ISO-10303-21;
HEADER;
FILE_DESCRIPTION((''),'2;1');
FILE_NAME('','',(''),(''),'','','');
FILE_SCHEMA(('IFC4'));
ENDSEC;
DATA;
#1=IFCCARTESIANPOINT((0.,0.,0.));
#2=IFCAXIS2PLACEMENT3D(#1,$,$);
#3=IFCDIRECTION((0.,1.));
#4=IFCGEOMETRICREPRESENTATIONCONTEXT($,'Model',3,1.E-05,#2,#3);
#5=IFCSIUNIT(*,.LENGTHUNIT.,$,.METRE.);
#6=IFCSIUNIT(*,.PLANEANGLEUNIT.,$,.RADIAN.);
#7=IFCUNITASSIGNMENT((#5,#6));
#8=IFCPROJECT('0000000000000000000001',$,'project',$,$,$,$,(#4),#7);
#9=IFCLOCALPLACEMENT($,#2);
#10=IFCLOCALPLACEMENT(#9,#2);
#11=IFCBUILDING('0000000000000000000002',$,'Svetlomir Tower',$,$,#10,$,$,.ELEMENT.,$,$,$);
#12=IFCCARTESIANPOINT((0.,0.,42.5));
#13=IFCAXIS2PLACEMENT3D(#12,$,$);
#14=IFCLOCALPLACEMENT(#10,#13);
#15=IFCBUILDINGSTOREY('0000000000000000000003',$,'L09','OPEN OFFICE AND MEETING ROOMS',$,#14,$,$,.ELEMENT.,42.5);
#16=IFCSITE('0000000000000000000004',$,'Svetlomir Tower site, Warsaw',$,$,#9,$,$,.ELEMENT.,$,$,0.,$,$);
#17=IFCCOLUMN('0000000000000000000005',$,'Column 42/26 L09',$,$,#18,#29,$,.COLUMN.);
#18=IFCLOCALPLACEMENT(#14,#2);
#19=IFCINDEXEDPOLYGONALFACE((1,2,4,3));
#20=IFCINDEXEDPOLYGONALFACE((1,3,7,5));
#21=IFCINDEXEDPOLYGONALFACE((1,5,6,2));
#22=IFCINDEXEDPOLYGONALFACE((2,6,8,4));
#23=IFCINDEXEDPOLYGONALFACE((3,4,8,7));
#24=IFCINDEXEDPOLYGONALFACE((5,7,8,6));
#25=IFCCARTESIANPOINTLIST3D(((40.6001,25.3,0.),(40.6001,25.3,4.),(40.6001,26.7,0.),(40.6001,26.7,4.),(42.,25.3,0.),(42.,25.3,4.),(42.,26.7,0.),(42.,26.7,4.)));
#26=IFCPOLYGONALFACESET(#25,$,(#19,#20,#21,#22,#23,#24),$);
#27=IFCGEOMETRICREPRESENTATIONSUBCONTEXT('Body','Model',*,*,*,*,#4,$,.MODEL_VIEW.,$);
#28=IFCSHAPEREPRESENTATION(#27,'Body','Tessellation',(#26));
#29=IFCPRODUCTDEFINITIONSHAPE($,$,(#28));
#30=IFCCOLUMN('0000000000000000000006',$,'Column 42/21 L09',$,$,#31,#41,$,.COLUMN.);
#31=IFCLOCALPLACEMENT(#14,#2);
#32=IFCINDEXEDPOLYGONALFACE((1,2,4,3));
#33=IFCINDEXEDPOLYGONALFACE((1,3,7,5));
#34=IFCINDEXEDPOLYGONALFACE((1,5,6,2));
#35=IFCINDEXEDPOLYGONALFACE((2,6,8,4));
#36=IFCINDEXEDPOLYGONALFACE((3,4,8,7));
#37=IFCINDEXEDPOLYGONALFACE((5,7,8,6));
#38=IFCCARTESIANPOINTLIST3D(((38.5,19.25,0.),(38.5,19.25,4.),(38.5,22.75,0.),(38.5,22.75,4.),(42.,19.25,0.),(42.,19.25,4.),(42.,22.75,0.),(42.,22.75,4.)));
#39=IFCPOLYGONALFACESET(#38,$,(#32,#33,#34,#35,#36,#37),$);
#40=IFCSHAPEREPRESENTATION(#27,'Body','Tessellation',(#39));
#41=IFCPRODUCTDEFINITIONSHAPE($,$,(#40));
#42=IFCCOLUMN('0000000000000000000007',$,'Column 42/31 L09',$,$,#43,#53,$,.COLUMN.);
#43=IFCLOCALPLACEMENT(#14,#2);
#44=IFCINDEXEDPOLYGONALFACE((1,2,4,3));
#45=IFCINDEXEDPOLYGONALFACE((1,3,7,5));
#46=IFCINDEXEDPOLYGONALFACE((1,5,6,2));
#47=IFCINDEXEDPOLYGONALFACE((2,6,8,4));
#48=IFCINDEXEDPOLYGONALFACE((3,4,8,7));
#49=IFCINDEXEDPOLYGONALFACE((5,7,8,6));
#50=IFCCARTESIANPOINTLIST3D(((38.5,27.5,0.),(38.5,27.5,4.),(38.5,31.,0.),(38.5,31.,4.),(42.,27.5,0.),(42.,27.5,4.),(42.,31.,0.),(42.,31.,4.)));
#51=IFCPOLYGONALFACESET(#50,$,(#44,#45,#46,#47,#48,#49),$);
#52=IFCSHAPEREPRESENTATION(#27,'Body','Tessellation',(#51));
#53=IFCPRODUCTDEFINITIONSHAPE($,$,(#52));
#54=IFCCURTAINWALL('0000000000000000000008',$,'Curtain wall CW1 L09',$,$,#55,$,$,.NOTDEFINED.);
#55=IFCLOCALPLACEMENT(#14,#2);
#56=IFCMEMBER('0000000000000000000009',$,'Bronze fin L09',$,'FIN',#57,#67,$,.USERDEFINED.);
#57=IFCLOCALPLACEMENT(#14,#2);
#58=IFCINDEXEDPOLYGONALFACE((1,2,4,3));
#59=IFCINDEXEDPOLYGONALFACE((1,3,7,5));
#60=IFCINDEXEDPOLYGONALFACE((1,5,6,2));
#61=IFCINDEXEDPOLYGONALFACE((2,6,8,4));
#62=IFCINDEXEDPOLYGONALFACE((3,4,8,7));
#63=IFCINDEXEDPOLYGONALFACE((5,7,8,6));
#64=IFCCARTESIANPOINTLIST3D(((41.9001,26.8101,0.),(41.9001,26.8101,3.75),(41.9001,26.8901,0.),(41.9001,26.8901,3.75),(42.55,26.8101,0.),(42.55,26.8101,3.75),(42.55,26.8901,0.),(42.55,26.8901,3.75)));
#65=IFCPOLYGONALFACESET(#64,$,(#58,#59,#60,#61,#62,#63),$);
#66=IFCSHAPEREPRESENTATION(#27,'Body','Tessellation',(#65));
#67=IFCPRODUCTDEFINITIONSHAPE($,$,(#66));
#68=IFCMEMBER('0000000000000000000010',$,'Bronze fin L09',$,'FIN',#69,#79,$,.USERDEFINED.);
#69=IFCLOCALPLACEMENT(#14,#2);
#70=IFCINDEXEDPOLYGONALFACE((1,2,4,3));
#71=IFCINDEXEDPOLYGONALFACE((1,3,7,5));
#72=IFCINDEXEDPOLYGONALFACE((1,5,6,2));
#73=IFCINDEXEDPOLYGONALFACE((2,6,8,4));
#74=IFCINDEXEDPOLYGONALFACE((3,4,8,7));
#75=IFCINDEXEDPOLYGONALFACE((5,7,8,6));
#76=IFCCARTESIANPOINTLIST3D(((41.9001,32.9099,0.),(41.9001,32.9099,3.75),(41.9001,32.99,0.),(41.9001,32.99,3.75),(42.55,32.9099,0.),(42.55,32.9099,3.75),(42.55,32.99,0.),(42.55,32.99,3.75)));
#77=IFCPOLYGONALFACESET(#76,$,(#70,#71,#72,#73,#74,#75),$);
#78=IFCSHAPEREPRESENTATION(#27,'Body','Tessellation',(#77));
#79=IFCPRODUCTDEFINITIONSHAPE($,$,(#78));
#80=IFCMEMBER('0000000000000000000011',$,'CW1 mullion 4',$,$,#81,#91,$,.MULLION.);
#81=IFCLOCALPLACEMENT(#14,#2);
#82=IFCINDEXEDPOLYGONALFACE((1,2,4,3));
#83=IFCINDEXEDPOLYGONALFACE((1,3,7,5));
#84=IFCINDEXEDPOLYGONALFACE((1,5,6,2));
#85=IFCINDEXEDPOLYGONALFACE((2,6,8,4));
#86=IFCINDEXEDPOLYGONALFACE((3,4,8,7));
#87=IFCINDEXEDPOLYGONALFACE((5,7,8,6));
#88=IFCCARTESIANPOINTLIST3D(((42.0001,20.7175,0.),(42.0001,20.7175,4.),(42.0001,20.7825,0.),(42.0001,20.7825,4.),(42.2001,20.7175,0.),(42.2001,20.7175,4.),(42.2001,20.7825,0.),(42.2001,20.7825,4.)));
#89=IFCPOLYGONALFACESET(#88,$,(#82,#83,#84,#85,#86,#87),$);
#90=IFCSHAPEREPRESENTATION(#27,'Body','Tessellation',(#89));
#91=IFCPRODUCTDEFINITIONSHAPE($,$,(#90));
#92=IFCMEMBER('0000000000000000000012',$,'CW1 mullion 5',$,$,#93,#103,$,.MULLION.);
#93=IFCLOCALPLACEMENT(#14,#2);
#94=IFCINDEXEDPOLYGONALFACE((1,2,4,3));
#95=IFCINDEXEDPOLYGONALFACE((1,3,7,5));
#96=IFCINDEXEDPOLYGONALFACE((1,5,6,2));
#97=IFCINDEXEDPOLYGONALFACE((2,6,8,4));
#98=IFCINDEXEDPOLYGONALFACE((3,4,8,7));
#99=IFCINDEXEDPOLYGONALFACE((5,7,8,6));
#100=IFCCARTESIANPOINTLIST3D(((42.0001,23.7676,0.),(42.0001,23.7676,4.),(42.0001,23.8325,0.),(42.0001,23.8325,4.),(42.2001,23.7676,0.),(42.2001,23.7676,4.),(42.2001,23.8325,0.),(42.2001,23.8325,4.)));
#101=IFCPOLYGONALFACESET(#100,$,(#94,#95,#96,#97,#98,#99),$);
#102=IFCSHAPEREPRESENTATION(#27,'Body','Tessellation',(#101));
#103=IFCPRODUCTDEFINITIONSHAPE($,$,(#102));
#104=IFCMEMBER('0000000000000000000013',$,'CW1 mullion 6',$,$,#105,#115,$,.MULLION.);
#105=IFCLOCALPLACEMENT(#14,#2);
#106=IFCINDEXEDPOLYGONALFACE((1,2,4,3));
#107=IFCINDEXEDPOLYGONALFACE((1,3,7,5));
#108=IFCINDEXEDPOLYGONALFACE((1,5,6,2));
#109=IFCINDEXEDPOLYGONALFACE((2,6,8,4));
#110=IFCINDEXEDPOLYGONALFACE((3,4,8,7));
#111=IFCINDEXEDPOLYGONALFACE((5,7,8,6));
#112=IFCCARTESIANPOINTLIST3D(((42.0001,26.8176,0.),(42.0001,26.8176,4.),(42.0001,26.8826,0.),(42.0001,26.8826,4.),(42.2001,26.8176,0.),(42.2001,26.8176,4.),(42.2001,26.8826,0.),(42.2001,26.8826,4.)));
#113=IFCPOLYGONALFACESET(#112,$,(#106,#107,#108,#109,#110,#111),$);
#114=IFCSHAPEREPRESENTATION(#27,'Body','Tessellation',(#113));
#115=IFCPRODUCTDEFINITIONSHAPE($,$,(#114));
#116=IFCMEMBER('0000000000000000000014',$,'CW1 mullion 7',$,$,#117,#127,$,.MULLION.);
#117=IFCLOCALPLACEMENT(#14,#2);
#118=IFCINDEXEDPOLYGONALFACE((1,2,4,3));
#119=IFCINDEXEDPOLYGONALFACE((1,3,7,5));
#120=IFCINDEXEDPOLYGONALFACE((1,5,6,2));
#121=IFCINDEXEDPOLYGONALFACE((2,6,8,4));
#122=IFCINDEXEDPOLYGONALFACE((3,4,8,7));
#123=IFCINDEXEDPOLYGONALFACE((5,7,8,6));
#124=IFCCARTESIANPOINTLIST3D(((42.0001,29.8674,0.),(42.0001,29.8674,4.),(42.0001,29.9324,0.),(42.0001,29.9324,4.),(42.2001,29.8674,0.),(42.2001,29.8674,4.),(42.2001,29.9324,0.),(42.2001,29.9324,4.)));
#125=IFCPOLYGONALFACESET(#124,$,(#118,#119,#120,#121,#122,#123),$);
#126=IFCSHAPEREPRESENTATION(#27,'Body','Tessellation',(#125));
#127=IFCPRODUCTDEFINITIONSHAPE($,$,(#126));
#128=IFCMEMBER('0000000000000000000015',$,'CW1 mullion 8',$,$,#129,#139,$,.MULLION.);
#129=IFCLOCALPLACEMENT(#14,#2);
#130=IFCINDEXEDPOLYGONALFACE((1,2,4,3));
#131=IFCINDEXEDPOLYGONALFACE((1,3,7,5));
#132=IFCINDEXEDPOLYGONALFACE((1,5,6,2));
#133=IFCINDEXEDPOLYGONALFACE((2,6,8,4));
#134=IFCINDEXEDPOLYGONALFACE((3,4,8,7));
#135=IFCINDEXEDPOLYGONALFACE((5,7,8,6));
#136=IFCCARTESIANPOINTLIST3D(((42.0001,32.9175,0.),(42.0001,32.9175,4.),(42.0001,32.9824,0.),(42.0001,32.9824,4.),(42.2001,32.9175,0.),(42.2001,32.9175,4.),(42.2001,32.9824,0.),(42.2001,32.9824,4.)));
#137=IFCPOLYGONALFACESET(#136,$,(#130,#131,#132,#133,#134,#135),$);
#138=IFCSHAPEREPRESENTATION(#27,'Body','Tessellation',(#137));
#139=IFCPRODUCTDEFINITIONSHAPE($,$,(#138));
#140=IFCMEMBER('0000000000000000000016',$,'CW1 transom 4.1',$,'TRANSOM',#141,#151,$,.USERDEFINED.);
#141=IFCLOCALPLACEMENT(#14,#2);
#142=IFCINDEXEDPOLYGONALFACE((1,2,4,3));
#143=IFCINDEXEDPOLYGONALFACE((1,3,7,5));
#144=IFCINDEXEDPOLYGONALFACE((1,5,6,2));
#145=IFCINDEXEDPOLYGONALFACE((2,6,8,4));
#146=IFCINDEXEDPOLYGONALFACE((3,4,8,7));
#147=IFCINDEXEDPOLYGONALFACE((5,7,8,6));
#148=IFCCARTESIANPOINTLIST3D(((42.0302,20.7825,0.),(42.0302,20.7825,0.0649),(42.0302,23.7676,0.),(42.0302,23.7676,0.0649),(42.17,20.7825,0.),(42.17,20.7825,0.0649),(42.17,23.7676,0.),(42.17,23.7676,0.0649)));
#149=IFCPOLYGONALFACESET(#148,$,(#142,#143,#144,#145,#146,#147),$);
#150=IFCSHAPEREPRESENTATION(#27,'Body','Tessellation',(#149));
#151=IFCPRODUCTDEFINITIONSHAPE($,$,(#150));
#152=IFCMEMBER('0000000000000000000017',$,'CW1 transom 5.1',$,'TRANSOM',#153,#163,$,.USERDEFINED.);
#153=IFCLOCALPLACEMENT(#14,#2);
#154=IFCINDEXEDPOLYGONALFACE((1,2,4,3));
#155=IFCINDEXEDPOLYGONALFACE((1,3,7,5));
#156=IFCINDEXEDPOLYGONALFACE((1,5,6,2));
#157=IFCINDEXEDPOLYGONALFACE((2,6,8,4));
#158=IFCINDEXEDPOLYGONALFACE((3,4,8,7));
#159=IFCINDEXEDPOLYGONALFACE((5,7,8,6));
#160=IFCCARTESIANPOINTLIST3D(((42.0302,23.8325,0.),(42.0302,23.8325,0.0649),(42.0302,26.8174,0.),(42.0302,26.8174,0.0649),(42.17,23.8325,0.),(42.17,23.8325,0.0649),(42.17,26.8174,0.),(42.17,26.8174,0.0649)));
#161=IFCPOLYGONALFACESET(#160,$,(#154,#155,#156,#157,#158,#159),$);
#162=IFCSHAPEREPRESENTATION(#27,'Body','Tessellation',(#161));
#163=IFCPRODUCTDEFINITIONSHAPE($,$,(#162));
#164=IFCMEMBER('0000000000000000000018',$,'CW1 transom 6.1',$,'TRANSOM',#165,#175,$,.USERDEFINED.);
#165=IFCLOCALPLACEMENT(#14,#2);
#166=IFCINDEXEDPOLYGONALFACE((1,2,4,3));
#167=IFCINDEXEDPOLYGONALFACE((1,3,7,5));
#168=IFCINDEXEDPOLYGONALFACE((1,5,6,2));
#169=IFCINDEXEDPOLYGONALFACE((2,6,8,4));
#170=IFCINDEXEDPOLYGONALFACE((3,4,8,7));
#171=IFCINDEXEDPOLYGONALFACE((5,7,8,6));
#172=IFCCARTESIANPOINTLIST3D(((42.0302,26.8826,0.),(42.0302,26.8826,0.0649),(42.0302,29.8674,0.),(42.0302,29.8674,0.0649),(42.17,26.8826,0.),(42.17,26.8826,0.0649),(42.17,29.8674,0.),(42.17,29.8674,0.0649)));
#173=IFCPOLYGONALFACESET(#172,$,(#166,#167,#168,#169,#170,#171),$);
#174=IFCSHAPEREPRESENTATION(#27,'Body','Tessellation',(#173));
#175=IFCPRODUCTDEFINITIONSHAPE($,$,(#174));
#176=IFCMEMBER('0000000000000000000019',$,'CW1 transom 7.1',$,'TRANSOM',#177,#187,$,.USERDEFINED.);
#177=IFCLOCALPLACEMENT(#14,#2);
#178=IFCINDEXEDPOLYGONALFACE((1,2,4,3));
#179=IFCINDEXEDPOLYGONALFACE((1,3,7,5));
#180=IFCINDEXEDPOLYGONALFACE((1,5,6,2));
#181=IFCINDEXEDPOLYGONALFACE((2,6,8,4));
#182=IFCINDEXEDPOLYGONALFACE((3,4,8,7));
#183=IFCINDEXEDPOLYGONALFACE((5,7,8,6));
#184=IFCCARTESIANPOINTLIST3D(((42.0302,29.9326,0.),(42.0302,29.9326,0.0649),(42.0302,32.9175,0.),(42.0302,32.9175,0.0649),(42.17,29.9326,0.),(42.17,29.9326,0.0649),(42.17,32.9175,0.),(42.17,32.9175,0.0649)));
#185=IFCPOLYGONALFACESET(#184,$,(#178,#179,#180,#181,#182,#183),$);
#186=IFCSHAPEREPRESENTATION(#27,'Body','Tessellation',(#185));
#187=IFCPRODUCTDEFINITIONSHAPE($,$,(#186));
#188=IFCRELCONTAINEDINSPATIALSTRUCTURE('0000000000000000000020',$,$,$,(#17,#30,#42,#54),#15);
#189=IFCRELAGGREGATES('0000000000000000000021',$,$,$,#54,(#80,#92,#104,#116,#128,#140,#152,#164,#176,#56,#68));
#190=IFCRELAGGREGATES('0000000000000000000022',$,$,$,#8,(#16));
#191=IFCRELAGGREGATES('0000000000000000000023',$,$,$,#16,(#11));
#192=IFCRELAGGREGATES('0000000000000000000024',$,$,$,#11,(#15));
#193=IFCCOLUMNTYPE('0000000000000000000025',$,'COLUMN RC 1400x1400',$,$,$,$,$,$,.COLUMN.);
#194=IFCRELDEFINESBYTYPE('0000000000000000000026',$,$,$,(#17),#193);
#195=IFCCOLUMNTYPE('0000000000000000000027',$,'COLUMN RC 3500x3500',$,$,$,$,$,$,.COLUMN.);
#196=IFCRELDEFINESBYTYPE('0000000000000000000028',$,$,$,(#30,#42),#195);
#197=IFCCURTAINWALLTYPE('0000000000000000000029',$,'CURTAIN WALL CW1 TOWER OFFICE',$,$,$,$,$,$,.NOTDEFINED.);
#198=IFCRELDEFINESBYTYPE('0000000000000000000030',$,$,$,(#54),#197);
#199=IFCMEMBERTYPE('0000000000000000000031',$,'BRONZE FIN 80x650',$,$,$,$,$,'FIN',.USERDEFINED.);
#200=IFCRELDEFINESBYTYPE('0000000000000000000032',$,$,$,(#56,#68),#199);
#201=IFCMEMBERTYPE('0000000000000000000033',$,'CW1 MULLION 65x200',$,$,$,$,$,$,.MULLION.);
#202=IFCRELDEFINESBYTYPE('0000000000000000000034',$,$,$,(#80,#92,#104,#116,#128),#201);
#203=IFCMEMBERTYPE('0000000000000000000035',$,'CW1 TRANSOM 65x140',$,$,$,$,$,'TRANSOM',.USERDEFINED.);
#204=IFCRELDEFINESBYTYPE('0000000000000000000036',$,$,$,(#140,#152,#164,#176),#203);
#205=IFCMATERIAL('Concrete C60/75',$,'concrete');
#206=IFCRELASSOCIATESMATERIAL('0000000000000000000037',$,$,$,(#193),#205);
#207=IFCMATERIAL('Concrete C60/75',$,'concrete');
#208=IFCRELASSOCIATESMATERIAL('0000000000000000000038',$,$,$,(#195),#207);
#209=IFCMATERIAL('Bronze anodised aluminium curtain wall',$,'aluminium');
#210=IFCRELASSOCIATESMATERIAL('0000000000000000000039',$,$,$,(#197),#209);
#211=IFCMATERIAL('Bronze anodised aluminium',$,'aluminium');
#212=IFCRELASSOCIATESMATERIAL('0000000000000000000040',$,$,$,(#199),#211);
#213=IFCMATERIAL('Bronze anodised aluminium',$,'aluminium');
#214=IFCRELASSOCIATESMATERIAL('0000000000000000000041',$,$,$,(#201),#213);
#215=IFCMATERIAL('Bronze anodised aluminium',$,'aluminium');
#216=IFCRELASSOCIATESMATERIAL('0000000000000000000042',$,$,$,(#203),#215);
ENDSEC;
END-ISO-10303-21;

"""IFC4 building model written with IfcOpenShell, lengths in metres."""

from ifc_helpers import new_model, si_unit, direction, frame, origin, origin_2d, place, context, subcontext, project, spatial, rectangle, extrude, material, material_profile, profile_set, type_object, element, aggregate, save


model = new_model("IFC4")

# Units and contexts
model_context = context("Model", 3, precision=1e-05, world=origin(), true_north=direction((0.0, 1.0)))
body_context = subcontext(model_context, "Body", "Model", "MODEL_VIEW")
ifc_project = project(units=[si_unit("LENGTHUNIT", "METRE"), si_unit("PLANEANGLEUNIT", "RADIAN")], contexts=[model_context])

# Site, building, storey
site_placement = place(None, origin())
site = spatial("IfcSite", under=ifc_project, at=site_placement, Name="Svetlomir Tower site, Warsaw", CompositionType="ELEMENT", RefElevation=0.0)
building_placement = place(site_placement, origin())
building = spatial("IfcBuilding", under=site, at=building_placement, Name="Svetlomir Tower", CompositionType="ELEMENT")
storey_placement = place(building_placement, frame((0.0, 0.0, 42.5)))
storey = spatial("IfcBuildingStorey", under=building, at=storey_placement, Name="L09", Description="OPEN OFFICE AND MEETING ROOMS", CompositionType="ELEMENT", Elevation=42.5)

# Columns
ifc_material_1 = material(Name="Concrete C60/75", Category="concrete")
ifc_material_profile_1 = material_profile(ifc_material_1, rectangle(XDim=1.3999, YDim=1.3999, at=origin_2d()), Name="RC 1400x1400")
ifc_profile_set_1 = profile_set([ifc_material_profile_1], Name="Concrete C60/75")
column_type_1 = type_object("IfcColumnType", Name="COLUMN RC 1400x1400", PredefinedType="COLUMN", material=ifc_profile_set_1)
column_placement = place(storey_placement, frame((41.3, 26.0, 0.0), z_axis=(0.0, 0.0, 1.0), x_axis=(1.0, 0.0, 0.0)))
element("IfcColumn", 1, at=column_placement, inside=storey, type_object=column_type_1, Name="Column 42/26 L09", PredefinedType="COLUMN", context=body_context, shape_type="SweptSolid", body=[
    extrude(rectangle(XDim=1.3999, YDim=1.3999, at=origin_2d()), origin(), (0.0, 0.0, 1.0), 4.0),
])
ifc_material_2 = material(Name="Concrete C60/75", Category="concrete")
ifc_material_profile_2 = material_profile(ifc_material_2, rectangle(XDim=3.5, YDim=3.5, at=origin_2d()), Name="RC 3500x3500")
ifc_profile_set_2 = profile_set([ifc_material_profile_2], Name="Concrete C60/75")
column_type_2 = type_object("IfcColumnType", Name="COLUMN RC 3500x3500", PredefinedType="COLUMN", material=ifc_profile_set_2)
for number, where, z_axis, x_axis, name in (
    (2, (40.25, 21.0, 0.0), (0.0, 0.0, 1.0), (1.0, 0.0, 0.0), "Column 42/21 L09"),
    (3, (40.25, 29.25, 0.0), (0.0, 0.0, 1.0), (1.0, 0.0, 0.0), "Column 42/31 L09"),
):
    element("IfcColumn", number, at=place(storey_placement, frame(where, z_axis=z_axis, x_axis=x_axis)), inside=storey, type_object=column_type_2, Name=name, PredefinedType="COLUMN", context=body_context, shape_type="SweptSolid", body=[
        extrude(rectangle(XDim=3.5, YDim=3.5, at=origin_2d()), origin(), (0.0, 0.0, 1.0), 4.0),
    ])

# Curtain wall, members
ifc_material_3 = material(Name="Bronze anodised aluminium curtain wall", Category="aluminium")
curtain_wall_type = type_object("IfcCurtainWallType", Name="CURTAIN WALL CW1 TOWER OFFICE", PredefinedType="NOTDEFINED", material=ifc_material_3)
curtain_wall_placement = place(storey_placement, origin())
curtain_wall = element("IfcCurtainWall", 4, at=curtain_wall_placement, inside=storey, type_object=curtain_wall_type, Name="Curtain wall CW1 L09", PredefinedType="NOTDEFINED")
ifc_material_4 = material(Name="Bronze anodised aluminium", Category="aluminium")
ifc_material_profile_3 = material_profile(ifc_material_4, rectangle(XDim=0.0801, YDim=0.6499, at=origin_2d()), Name="FIN 80x650")
ifc_profile_set_3 = profile_set([ifc_material_profile_3], Name="Bronze anodised aluminium 6063-T6")
member_type_1 = type_object("IfcMemberType", Name="BRONZE FIN 80x650", ElementType="FIN", PredefinedType="USERDEFINED", material=ifc_profile_set_3)
member_1_placement = place(storey_placement, frame((42.2251, 26.8501, 0.0), z_axis=(0.0, 0.0, 1.0), x_axis=(0.0, 1.0, 0.0)))
member_1 = element("IfcMember", 5, at=member_1_placement, type_object=member_type_1, Name="Bronze fin L09", ObjectType="FIN", PredefinedType="USERDEFINED", context=body_context, shape_type="SweptSolid", body=[
    extrude(rectangle(XDim=0.0801, YDim=0.6499, at=origin_2d()), origin(), (0.0, 0.0, 1.0), 3.75),
])
member_2_placement = place(storey_placement, frame((42.2251, 32.95, 0.0), z_axis=(0.0, 0.0, 1.0), x_axis=(0.0, 1.0, 0.0)))
member_2 = element("IfcMember", 6, at=member_2_placement, type_object=member_type_1, Name="Bronze fin L09", ObjectType="FIN", PredefinedType="USERDEFINED", context=body_context, shape_type="SweptSolid", body=[
    extrude(rectangle(XDim=0.0801, YDim=0.6499, at=origin_2d()), origin(), (0.0, 0.0, 1.0), 3.75),
])
ifc_material_5 = material(Name="Bronze anodised aluminium", Category="aluminium")
ifc_material_profile_4 = material_profile(ifc_material_5, rectangle(XDim=0.0649, YDim=0.2, at=origin_2d()), Name="AL 65x200")
ifc_profile_set_4 = profile_set([ifc_material_profile_4], Name="Bronze anodised aluminium 6063-T6")
member_type_2 = type_object("IfcMemberType", Name="CW1 MULLION 65x200", PredefinedType="MULLION", material=ifc_profile_set_4)
member_3_placement = place(storey_placement, frame((42.1001, 20.75, 0.0), z_axis=(0.0, 0.0, 1.0), x_axis=(0.0, 1.0, 0.0)))
member_3 = element("IfcMember", 7, at=member_3_placement, type_object=member_type_2, Name="CW1 mullion 4", PredefinedType="MULLION", context=body_context, shape_type="SweptSolid", body=[
    extrude(rectangle(XDim=0.0649, YDim=0.2, at=origin_2d()), origin(), (0.0, 0.0, 1.0), 4.0),
])
member_4_placement = place(storey_placement, frame((42.1001, 23.8, 0.0), z_axis=(0.0, 0.0, 1.0), x_axis=(0.0, 1.0, 0.0)))
member_4 = element("IfcMember", 8, at=member_4_placement, type_object=member_type_2, Name="CW1 mullion 5", PredefinedType="MULLION", context=body_context, shape_type="SweptSolid", body=[
    extrude(rectangle(XDim=0.0649, YDim=0.2, at=origin_2d()), origin(), (0.0, 0.0, 1.0), 4.0),
])
member_5_placement = place(storey_placement, frame((42.1001, 26.8501, 0.0), z_axis=(0.0, 0.0, 1.0), x_axis=(0.0, 1.0, 0.0)))
member_5 = element("IfcMember", 9, at=member_5_placement, type_object=member_type_2, Name="CW1 mullion 6", PredefinedType="MULLION", context=body_context, shape_type="SweptSolid", body=[
    extrude(rectangle(XDim=0.0649, YDim=0.2, at=origin_2d()), origin(), (0.0, 0.0, 1.0), 4.0),
])
member_6_placement = place(storey_placement, frame((42.1001, 29.8999, 0.0), z_axis=(0.0, 0.0, 1.0), x_axis=(0.0, 1.0, 0.0)))
member_6 = element("IfcMember", 10, at=member_6_placement, type_object=member_type_2, Name="CW1 mullion 7", PredefinedType="MULLION", context=body_context, shape_type="SweptSolid", body=[
    extrude(rectangle(XDim=0.0649, YDim=0.2, at=origin_2d()), origin(), (0.0, 0.0, 1.0), 4.0),
])
member_7_placement = place(storey_placement, frame((42.1001, 32.95, 0.0), z_axis=(0.0, 0.0, 1.0), x_axis=(0.0, 1.0, 0.0)))
member_7 = element("IfcMember", 11, at=member_7_placement, type_object=member_type_2, Name="CW1 mullion 8", PredefinedType="MULLION", context=body_context, shape_type="SweptSolid", body=[
    extrude(rectangle(XDim=0.0649, YDim=0.2, at=origin_2d()), origin(), (0.0, 0.0, 1.0), 4.0),
])
ifc_material_6 = material(Name="Bronze anodised aluminium", Category="aluminium")
ifc_material_profile_5 = material_profile(ifc_material_6, rectangle(XDim=0.1399, YDim=0.0649, at=origin_2d()), Name="AL 140x65")
ifc_profile_set_5 = profile_set([ifc_material_profile_5], Name="Bronze anodised aluminium 6063-T6")
member_type_3 = type_object("IfcMemberType", Name="CW1 TRANSOM 65x140", ElementType="TRANSOM", PredefinedType="USERDEFINED", material=ifc_profile_set_5)
member_8_placement = place(storey_placement, frame((42.1001, 20.7825, 0.0325), z_axis=(0.0, 1.0, 0.0), x_axis=(-1.0, 0.0, 0.0)))
member_8 = element("IfcMember", 12, at=member_8_placement, type_object=member_type_3, Name="CW1 transom 4.1", ObjectType="TRANSOM", PredefinedType="USERDEFINED", context=body_context, shape_type="SweptSolid", body=[
    extrude(rectangle(XDim=0.1399, YDim=0.0649, at=origin_2d()), origin(), (0.0, 0.0, 1.0), 2.9851),
])
member_9_placement = place(storey_placement, frame((42.1001, 23.8325, 0.0325), z_axis=(0.0, 1.0, 0.0), x_axis=(-1.0, 0.0, 0.0)))
member_9 = element("IfcMember", 13, at=member_9_placement, type_object=member_type_3, Name="CW1 transom 5.1", ObjectType="TRANSOM", PredefinedType="USERDEFINED", context=body_context, shape_type="SweptSolid", body=[
    extrude(rectangle(XDim=0.1399, YDim=0.0649, at=origin_2d()), origin(), (0.0, 0.0, 1.0), 2.9849),
])
member_10_placement = place(storey_placement, frame((42.1001, 26.8826, 0.0325), z_axis=(0.0, 1.0, 0.0), x_axis=(-1.0, 0.0, 0.0)))
member_10 = element("IfcMember", 14, at=member_10_placement, type_object=member_type_3, Name="CW1 transom 6.1", ObjectType="TRANSOM", PredefinedType="USERDEFINED", context=body_context, shape_type="SweptSolid", body=[
    extrude(rectangle(XDim=0.1399, YDim=0.0649, at=origin_2d()), origin(), (0.0, 0.0, 1.0), 2.9849),
])
member_11_placement = place(storey_placement, frame((42.1001, 29.9326, 0.0325), z_axis=(0.0, 1.0, 0.0), x_axis=(-1.0, 0.0, 0.0)))
member_11 = element("IfcMember", 15, at=member_11_placement, type_object=member_type_3, Name="CW1 transom 7.1", ObjectType="TRANSOM", PredefinedType="USERDEFINED", context=body_context, shape_type="SweptSolid", body=[
    extrude(rectangle(XDim=0.1399, YDim=0.0649, at=origin_2d()), origin(), (0.0, 0.0, 1.0), 2.9849),
])

aggregate(curtain_wall, [member_3, member_4, member_5, member_6, member_7, member_8, member_9, member_10, member_11, member_1, member_2])

save(model, "model.ifc")
